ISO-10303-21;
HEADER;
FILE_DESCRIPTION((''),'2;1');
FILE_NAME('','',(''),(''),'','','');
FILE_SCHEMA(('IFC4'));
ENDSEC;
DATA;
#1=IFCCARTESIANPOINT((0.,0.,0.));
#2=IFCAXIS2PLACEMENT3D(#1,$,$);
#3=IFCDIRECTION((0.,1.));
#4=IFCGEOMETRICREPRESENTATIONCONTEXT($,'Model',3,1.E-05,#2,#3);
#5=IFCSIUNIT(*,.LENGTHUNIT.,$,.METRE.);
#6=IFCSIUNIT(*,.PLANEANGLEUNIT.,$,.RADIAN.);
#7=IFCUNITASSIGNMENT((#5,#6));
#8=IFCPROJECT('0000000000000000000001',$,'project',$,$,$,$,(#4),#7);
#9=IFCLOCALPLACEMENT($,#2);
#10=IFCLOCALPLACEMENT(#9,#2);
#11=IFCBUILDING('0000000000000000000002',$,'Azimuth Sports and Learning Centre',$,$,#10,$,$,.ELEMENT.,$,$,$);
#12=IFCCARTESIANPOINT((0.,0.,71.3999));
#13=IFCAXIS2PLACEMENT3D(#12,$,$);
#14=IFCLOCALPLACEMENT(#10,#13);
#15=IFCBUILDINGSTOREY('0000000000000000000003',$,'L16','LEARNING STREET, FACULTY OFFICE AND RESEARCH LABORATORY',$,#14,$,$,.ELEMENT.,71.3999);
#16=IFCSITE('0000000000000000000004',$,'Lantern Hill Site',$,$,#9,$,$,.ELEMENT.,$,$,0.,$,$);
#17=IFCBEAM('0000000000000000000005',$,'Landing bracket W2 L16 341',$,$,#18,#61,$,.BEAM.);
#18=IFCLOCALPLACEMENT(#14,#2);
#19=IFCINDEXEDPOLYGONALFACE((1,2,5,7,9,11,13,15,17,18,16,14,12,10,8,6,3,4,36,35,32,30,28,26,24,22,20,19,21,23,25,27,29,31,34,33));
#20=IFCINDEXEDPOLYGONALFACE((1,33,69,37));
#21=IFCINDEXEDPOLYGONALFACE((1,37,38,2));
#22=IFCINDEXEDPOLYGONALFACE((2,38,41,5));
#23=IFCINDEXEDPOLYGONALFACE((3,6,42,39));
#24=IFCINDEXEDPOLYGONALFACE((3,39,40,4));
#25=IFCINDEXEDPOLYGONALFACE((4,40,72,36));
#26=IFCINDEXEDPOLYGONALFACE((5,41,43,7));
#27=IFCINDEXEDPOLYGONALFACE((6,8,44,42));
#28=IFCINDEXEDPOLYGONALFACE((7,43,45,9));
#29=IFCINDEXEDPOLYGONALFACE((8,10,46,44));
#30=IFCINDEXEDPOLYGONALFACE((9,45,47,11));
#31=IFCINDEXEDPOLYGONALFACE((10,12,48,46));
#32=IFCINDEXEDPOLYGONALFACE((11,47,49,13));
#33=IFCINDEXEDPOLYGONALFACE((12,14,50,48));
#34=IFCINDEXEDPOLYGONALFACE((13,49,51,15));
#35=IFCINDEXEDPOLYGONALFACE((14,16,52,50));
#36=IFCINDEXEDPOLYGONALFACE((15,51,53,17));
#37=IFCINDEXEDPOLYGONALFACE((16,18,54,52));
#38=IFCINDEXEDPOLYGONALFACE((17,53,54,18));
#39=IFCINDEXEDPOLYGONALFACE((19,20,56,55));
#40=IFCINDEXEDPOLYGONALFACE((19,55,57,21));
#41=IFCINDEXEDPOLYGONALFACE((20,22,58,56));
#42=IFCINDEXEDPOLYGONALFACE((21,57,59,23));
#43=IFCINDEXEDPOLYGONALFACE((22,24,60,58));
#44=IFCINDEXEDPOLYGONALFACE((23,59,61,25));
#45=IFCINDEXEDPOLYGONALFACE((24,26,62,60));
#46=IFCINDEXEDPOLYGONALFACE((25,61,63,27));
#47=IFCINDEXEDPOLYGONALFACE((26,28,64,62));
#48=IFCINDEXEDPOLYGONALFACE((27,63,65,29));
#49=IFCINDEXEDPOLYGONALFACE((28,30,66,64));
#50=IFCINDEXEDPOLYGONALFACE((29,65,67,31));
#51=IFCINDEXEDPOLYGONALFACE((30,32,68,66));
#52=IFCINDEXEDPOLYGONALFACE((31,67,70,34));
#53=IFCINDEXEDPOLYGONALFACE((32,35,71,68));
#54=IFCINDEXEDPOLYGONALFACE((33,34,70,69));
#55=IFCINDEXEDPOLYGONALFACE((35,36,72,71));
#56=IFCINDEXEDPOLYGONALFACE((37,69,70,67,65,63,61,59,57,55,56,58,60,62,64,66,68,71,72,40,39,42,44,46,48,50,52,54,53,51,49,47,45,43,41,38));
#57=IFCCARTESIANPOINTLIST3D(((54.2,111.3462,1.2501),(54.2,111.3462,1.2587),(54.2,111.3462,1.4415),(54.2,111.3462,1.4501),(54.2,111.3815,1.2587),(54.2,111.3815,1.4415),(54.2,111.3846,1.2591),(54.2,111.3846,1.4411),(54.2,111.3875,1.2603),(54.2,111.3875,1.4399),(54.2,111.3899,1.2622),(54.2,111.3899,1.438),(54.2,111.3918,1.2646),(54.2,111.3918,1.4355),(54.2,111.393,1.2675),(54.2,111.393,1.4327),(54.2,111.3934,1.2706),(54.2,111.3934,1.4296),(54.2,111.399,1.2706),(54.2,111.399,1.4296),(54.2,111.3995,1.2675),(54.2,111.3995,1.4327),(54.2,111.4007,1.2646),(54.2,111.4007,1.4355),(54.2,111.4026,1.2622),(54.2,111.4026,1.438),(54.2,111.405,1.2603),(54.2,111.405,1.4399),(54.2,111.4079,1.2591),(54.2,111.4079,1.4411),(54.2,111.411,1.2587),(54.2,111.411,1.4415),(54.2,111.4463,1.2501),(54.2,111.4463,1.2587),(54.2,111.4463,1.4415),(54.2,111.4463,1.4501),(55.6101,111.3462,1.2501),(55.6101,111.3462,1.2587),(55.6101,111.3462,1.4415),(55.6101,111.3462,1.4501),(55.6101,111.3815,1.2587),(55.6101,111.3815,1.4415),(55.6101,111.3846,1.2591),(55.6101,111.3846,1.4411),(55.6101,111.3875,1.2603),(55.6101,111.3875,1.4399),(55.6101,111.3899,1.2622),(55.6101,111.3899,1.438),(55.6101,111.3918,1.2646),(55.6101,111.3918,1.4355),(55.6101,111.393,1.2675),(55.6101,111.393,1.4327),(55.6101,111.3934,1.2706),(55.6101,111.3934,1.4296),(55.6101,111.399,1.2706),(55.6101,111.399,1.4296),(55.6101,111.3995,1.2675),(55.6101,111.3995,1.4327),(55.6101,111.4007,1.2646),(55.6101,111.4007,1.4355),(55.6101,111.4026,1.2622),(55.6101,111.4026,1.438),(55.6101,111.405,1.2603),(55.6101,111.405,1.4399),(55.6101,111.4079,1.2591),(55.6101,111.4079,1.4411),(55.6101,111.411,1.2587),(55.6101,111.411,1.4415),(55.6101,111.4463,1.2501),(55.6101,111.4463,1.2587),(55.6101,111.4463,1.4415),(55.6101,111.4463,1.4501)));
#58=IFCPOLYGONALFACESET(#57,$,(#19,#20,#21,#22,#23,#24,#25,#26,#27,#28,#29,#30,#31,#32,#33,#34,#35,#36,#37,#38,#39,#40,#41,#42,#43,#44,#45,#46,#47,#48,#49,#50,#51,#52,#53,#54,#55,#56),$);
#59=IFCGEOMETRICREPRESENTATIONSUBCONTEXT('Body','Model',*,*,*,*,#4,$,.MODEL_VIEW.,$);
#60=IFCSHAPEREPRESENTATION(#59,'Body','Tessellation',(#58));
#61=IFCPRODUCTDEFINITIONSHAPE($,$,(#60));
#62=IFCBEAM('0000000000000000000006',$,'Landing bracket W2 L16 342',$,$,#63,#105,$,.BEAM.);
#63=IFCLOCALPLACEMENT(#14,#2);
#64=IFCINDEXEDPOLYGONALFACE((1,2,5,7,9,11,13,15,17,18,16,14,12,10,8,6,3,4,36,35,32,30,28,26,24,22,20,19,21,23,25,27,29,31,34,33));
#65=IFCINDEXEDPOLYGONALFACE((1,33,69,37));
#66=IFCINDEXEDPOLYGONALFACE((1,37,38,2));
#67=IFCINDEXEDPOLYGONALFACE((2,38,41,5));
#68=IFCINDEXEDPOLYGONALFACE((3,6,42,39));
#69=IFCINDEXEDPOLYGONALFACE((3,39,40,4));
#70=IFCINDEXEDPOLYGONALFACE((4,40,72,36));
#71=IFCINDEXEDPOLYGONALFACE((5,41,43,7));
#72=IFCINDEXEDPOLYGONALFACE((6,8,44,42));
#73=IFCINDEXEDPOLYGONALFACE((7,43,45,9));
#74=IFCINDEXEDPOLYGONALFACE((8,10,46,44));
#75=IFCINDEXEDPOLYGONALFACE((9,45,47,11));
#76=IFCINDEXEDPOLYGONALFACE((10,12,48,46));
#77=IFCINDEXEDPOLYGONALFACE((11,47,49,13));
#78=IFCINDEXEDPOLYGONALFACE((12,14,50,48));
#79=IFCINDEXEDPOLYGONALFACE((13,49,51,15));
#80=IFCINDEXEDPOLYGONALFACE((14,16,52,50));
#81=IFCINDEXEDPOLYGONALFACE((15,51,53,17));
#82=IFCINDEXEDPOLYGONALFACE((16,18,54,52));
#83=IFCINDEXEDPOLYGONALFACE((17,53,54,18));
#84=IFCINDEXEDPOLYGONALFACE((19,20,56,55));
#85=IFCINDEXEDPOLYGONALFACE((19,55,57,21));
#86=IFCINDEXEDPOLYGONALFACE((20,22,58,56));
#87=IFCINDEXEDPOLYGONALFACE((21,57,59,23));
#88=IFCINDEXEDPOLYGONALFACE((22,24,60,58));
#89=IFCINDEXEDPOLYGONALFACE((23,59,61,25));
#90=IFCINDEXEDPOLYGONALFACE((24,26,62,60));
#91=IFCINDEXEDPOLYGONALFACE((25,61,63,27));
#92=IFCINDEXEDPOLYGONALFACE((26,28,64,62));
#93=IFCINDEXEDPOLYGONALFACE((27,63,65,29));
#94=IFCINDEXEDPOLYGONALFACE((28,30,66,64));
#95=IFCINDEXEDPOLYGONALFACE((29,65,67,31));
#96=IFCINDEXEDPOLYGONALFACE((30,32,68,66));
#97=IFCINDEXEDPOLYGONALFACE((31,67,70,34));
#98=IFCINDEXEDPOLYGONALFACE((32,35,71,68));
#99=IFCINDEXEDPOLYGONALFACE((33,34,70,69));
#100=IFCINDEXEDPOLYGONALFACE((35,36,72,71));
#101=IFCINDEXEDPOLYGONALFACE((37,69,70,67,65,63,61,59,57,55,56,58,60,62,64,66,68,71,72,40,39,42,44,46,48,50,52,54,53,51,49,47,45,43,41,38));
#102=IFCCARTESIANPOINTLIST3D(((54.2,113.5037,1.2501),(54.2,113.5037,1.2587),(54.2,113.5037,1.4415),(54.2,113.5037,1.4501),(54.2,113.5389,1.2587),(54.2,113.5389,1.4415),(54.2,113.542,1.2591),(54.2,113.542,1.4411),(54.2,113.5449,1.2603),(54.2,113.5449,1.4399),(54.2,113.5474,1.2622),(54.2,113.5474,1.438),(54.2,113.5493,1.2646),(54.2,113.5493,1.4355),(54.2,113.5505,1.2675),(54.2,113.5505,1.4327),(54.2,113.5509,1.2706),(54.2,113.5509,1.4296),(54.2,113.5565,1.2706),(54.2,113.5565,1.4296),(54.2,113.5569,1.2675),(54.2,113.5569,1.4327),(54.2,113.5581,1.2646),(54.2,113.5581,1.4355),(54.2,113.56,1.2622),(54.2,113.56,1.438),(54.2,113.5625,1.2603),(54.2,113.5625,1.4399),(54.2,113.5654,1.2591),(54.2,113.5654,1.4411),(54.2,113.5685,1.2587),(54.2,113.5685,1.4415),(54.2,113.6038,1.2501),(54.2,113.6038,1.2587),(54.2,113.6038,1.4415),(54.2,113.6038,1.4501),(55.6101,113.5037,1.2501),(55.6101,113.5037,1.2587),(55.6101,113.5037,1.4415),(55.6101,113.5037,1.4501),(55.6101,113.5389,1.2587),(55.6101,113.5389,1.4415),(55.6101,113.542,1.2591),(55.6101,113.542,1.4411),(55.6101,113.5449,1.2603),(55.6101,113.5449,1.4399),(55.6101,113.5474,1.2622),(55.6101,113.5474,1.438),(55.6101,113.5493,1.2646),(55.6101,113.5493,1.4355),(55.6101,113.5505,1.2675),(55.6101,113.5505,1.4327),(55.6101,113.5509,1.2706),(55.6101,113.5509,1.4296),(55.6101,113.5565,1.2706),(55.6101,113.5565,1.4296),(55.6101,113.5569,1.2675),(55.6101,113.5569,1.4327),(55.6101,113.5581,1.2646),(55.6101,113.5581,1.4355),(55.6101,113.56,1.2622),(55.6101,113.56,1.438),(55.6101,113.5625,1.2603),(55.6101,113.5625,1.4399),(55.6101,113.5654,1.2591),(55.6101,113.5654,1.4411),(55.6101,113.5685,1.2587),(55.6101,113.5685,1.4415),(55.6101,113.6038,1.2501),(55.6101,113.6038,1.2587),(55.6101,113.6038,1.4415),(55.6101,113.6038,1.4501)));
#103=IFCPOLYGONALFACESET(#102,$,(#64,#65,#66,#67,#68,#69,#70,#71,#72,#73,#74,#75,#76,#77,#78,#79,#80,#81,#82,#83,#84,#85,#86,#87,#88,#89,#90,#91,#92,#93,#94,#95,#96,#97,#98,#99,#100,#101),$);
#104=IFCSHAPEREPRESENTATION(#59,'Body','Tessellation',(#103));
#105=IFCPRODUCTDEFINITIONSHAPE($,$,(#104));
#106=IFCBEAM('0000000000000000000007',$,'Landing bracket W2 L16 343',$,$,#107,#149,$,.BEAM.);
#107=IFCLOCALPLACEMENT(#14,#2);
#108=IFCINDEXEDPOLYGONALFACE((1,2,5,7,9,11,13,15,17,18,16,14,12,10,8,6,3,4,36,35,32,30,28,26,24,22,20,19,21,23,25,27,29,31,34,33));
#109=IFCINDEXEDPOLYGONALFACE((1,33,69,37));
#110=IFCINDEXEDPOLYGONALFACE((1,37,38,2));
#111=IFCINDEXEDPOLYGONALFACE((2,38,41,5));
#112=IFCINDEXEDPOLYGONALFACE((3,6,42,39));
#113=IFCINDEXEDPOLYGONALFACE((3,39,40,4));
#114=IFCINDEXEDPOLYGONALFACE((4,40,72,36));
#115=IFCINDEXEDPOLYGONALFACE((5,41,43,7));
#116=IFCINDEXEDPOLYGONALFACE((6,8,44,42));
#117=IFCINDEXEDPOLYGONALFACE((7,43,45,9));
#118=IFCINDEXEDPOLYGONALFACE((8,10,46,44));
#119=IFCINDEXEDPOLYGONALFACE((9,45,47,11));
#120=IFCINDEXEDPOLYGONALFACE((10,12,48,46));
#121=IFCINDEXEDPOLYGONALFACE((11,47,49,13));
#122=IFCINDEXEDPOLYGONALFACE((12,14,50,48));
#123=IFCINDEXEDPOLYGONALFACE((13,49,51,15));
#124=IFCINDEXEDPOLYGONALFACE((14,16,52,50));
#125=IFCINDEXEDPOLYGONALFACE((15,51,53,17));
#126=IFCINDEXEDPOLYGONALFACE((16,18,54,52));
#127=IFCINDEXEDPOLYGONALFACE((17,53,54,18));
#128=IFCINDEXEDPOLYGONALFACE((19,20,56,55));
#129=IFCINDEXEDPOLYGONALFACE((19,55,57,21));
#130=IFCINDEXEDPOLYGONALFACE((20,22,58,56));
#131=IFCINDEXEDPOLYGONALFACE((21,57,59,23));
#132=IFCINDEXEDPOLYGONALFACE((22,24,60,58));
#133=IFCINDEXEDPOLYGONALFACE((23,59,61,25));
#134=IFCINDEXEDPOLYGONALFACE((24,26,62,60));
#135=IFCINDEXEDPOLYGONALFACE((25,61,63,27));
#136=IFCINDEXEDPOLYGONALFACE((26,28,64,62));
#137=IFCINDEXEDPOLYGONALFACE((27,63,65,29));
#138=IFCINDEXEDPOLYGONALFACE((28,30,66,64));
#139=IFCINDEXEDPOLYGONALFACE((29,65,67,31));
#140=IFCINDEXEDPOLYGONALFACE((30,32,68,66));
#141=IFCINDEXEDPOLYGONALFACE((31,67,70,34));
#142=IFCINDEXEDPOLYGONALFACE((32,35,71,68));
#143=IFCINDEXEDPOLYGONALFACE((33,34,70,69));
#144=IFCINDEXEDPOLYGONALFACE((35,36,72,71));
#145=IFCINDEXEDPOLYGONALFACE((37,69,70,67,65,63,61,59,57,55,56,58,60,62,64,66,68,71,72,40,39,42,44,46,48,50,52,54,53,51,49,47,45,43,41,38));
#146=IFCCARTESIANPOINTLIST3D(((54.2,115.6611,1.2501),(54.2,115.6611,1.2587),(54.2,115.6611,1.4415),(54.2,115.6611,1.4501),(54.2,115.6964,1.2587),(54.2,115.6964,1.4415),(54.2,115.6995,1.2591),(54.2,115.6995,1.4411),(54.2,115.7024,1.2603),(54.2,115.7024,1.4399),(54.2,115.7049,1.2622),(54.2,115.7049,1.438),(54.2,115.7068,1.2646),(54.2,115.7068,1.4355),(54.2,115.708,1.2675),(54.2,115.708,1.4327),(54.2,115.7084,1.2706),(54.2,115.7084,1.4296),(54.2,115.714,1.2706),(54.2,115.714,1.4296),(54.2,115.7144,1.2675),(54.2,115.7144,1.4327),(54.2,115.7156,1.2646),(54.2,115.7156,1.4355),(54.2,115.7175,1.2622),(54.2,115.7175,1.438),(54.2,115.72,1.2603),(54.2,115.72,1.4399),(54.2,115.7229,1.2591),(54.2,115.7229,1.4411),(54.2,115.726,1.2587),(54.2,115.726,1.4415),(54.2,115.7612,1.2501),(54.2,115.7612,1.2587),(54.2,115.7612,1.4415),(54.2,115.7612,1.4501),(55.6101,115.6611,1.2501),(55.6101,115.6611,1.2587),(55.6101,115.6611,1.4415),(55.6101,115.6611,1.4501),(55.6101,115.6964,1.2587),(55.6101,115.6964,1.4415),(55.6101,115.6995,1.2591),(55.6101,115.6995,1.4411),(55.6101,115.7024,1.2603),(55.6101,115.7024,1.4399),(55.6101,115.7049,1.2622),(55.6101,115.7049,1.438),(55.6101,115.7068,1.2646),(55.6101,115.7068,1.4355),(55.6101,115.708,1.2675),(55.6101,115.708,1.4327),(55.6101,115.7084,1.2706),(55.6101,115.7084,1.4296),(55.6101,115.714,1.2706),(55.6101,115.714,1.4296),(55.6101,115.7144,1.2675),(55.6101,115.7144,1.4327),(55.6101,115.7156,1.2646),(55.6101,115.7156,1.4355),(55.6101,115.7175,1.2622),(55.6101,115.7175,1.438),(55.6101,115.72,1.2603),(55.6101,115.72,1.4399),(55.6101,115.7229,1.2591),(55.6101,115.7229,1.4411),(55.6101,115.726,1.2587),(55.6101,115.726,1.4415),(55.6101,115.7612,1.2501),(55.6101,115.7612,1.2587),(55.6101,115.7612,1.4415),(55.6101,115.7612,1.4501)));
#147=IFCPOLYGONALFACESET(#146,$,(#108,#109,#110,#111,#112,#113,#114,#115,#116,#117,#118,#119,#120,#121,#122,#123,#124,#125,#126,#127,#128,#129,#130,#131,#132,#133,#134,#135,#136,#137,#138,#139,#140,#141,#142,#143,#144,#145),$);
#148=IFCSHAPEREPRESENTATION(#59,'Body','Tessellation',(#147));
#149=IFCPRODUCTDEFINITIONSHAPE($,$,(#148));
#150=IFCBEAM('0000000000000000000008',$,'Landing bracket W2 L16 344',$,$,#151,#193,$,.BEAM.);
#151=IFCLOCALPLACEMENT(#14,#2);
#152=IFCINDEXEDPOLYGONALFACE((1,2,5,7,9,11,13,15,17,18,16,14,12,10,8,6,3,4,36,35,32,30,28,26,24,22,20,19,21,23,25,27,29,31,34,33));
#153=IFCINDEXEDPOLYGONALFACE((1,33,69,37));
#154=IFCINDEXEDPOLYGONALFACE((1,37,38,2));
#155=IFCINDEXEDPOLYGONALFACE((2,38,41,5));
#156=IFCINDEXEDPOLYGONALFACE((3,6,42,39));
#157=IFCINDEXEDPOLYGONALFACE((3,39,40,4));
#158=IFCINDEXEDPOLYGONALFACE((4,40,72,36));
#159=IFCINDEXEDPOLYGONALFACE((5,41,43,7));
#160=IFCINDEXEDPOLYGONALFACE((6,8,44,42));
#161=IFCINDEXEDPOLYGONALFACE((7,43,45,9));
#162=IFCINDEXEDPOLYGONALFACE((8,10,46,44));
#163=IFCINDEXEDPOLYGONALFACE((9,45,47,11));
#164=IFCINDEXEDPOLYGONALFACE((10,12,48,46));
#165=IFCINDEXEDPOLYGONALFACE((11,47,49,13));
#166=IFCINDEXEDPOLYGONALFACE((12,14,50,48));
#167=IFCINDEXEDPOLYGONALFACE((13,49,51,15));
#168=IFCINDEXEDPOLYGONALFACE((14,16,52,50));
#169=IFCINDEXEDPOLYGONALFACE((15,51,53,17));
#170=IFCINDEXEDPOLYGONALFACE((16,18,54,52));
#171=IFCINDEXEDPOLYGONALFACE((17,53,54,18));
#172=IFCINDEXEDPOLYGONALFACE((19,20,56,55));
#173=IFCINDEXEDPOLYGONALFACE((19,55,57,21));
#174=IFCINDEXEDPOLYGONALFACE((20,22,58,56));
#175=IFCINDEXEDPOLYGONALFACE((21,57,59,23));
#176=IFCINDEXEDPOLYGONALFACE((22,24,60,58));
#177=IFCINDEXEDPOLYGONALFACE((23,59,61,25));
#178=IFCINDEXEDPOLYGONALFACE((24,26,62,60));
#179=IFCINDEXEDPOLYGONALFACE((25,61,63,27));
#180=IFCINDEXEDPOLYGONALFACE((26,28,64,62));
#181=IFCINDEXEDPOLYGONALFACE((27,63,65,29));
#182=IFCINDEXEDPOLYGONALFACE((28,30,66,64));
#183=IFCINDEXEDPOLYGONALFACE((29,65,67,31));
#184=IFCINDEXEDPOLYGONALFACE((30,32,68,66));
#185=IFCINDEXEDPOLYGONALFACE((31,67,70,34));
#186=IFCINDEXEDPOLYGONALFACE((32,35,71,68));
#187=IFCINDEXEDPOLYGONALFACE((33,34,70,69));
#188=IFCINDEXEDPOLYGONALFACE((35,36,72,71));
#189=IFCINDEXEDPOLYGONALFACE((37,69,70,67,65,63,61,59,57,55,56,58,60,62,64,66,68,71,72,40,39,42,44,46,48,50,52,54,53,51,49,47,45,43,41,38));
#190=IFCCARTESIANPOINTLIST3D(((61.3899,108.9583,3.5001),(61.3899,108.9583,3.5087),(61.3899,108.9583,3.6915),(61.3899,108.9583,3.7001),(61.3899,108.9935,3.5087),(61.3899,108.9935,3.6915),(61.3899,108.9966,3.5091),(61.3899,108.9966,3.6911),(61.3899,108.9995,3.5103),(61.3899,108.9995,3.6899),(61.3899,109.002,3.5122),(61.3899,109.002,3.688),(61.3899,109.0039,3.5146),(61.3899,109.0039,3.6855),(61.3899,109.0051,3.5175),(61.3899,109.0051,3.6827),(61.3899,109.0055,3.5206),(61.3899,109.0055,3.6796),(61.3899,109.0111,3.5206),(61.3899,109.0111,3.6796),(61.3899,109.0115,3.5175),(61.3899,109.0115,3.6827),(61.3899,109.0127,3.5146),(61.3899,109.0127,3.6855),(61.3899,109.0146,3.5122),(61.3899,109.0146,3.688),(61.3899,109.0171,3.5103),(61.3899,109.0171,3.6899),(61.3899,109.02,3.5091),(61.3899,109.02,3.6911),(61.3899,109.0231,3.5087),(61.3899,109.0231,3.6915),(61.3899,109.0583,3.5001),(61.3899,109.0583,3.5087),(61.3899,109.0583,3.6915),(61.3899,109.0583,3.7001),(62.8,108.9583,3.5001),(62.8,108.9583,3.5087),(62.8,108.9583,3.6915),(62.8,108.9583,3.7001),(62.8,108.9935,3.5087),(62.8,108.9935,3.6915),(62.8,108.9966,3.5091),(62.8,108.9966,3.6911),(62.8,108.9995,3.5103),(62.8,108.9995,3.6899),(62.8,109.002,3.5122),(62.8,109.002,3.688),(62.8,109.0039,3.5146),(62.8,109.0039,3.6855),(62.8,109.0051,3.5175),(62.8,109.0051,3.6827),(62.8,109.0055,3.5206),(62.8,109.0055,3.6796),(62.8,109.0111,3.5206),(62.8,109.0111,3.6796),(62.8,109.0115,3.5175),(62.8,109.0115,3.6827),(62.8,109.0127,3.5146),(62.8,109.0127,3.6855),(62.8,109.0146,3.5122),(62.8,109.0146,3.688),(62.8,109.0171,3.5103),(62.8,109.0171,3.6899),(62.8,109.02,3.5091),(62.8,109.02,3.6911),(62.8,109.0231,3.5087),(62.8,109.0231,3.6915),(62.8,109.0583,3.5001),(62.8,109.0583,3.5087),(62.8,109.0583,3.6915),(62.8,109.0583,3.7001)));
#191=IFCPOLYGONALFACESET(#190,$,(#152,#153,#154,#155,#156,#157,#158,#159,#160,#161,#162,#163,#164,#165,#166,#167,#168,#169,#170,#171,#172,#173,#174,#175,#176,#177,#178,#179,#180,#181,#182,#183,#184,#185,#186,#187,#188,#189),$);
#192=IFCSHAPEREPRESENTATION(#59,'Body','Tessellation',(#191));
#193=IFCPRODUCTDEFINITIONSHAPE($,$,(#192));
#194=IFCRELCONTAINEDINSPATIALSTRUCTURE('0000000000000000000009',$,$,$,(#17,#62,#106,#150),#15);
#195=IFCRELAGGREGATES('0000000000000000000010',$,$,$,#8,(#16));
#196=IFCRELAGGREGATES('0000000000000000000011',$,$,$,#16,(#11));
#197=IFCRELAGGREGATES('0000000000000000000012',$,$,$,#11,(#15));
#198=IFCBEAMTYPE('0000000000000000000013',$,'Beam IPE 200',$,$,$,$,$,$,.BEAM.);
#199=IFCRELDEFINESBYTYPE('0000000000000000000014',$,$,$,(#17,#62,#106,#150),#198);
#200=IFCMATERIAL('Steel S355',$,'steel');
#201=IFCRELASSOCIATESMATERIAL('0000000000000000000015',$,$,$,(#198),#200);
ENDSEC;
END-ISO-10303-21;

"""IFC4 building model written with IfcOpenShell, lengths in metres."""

from ifc_helpers import new_model, si_unit, direction, frame, origin, origin_2d, place, context, subcontext, project, spatial, i_section, extrude, material, material_profile, profile_set, type_object, element, save


model = new_model("IFC4")

# Units and contexts
model_context = context("Model", 3, precision=1e-05, world=origin(), true_north=direction((0.0, 1.0)))
body_context = subcontext(model_context, "Body", "Model", "MODEL_VIEW")
ifc_project = project(units=[si_unit("LENGTHUNIT", "METRE"), si_unit("PLANEANGLEUNIT", "RADIAN")], contexts=[model_context])

# Site, building, storey
site_placement = place(None, origin())
site = spatial("IfcSite", under=ifc_project, at=site_placement, Name="Lantern Hill Site", CompositionType="ELEMENT", RefElevation=0.0)
building_placement = place(site_placement, origin())
building = spatial("IfcBuilding", under=site, at=building_placement, Name="Azimuth Sports and Learning Centre", CompositionType="ELEMENT")
storey_placement = place(building_placement, frame((0.0, 0.0, 71.3999)))
storey = spatial("IfcBuildingStorey", under=building, at=storey_placement, Name="L16", Description="LEARNING STREET, FACULTY OFFICE AND RESEARCH LABORATORY", CompositionType="ELEMENT", Elevation=71.3999)

# Beams
ifc_material_1 = material(Name="Steel S355", Category="steel")
ifc_material_profile = material_profile(ifc_material_1, i_section(OverallWidth=0.1001, OverallDepth=0.2, WebThickness=0.0056, FlangeThickness=0.0085, FilletRadius=0.012, at=origin_2d()), Name="IPE 200")
ifc_profile_set = profile_set([ifc_material_profile], Name="Steel S355")
beam_type = type_object("IfcBeamType", Name="Beam IPE 200", PredefinedType="BEAM", material=ifc_profile_set)
for number, where, z_axis, x_axis, name in (
    (1, (54.2, 111.3962, 1.3501), (1.0, 0.0, 0.0), (0.0, 1.0, 0.0), "Landing bracket W2 L16 341"),
    (2, (54.2, 113.5537, 1.3501), (1.0, 0.0, 0.0), (0.0, 1.0, 0.0), "Landing bracket W2 L16 342"),
    (3, (54.2, 115.7112, 1.3501), (1.0, 0.0, 0.0), (0.0, 1.0, 0.0), "Landing bracket W2 L16 343"),
    (4, (62.8, 109.0083, 3.6001), (-1.0, 0.0, 0.0), (0.0, -1.0, 0.0), "Landing bracket W2 L16 344"),
):
    element("IfcBeam", number, at=place(storey_placement, frame(where, z_axis=z_axis, x_axis=x_axis)), inside=storey, type_object=beam_type, Name=name, PredefinedType="BEAM", context=body_context, shape_type="SweptSolid", body=[
        extrude(i_section(OverallWidth=0.1001, OverallDepth=0.2, WebThickness=0.0056, FlangeThickness=0.0085, FilletRadius=0.012, at=origin_2d()), origin(), (0.0, 0.0, 1.0), 1.4102),
    ])

save(model, "model.ifc")
